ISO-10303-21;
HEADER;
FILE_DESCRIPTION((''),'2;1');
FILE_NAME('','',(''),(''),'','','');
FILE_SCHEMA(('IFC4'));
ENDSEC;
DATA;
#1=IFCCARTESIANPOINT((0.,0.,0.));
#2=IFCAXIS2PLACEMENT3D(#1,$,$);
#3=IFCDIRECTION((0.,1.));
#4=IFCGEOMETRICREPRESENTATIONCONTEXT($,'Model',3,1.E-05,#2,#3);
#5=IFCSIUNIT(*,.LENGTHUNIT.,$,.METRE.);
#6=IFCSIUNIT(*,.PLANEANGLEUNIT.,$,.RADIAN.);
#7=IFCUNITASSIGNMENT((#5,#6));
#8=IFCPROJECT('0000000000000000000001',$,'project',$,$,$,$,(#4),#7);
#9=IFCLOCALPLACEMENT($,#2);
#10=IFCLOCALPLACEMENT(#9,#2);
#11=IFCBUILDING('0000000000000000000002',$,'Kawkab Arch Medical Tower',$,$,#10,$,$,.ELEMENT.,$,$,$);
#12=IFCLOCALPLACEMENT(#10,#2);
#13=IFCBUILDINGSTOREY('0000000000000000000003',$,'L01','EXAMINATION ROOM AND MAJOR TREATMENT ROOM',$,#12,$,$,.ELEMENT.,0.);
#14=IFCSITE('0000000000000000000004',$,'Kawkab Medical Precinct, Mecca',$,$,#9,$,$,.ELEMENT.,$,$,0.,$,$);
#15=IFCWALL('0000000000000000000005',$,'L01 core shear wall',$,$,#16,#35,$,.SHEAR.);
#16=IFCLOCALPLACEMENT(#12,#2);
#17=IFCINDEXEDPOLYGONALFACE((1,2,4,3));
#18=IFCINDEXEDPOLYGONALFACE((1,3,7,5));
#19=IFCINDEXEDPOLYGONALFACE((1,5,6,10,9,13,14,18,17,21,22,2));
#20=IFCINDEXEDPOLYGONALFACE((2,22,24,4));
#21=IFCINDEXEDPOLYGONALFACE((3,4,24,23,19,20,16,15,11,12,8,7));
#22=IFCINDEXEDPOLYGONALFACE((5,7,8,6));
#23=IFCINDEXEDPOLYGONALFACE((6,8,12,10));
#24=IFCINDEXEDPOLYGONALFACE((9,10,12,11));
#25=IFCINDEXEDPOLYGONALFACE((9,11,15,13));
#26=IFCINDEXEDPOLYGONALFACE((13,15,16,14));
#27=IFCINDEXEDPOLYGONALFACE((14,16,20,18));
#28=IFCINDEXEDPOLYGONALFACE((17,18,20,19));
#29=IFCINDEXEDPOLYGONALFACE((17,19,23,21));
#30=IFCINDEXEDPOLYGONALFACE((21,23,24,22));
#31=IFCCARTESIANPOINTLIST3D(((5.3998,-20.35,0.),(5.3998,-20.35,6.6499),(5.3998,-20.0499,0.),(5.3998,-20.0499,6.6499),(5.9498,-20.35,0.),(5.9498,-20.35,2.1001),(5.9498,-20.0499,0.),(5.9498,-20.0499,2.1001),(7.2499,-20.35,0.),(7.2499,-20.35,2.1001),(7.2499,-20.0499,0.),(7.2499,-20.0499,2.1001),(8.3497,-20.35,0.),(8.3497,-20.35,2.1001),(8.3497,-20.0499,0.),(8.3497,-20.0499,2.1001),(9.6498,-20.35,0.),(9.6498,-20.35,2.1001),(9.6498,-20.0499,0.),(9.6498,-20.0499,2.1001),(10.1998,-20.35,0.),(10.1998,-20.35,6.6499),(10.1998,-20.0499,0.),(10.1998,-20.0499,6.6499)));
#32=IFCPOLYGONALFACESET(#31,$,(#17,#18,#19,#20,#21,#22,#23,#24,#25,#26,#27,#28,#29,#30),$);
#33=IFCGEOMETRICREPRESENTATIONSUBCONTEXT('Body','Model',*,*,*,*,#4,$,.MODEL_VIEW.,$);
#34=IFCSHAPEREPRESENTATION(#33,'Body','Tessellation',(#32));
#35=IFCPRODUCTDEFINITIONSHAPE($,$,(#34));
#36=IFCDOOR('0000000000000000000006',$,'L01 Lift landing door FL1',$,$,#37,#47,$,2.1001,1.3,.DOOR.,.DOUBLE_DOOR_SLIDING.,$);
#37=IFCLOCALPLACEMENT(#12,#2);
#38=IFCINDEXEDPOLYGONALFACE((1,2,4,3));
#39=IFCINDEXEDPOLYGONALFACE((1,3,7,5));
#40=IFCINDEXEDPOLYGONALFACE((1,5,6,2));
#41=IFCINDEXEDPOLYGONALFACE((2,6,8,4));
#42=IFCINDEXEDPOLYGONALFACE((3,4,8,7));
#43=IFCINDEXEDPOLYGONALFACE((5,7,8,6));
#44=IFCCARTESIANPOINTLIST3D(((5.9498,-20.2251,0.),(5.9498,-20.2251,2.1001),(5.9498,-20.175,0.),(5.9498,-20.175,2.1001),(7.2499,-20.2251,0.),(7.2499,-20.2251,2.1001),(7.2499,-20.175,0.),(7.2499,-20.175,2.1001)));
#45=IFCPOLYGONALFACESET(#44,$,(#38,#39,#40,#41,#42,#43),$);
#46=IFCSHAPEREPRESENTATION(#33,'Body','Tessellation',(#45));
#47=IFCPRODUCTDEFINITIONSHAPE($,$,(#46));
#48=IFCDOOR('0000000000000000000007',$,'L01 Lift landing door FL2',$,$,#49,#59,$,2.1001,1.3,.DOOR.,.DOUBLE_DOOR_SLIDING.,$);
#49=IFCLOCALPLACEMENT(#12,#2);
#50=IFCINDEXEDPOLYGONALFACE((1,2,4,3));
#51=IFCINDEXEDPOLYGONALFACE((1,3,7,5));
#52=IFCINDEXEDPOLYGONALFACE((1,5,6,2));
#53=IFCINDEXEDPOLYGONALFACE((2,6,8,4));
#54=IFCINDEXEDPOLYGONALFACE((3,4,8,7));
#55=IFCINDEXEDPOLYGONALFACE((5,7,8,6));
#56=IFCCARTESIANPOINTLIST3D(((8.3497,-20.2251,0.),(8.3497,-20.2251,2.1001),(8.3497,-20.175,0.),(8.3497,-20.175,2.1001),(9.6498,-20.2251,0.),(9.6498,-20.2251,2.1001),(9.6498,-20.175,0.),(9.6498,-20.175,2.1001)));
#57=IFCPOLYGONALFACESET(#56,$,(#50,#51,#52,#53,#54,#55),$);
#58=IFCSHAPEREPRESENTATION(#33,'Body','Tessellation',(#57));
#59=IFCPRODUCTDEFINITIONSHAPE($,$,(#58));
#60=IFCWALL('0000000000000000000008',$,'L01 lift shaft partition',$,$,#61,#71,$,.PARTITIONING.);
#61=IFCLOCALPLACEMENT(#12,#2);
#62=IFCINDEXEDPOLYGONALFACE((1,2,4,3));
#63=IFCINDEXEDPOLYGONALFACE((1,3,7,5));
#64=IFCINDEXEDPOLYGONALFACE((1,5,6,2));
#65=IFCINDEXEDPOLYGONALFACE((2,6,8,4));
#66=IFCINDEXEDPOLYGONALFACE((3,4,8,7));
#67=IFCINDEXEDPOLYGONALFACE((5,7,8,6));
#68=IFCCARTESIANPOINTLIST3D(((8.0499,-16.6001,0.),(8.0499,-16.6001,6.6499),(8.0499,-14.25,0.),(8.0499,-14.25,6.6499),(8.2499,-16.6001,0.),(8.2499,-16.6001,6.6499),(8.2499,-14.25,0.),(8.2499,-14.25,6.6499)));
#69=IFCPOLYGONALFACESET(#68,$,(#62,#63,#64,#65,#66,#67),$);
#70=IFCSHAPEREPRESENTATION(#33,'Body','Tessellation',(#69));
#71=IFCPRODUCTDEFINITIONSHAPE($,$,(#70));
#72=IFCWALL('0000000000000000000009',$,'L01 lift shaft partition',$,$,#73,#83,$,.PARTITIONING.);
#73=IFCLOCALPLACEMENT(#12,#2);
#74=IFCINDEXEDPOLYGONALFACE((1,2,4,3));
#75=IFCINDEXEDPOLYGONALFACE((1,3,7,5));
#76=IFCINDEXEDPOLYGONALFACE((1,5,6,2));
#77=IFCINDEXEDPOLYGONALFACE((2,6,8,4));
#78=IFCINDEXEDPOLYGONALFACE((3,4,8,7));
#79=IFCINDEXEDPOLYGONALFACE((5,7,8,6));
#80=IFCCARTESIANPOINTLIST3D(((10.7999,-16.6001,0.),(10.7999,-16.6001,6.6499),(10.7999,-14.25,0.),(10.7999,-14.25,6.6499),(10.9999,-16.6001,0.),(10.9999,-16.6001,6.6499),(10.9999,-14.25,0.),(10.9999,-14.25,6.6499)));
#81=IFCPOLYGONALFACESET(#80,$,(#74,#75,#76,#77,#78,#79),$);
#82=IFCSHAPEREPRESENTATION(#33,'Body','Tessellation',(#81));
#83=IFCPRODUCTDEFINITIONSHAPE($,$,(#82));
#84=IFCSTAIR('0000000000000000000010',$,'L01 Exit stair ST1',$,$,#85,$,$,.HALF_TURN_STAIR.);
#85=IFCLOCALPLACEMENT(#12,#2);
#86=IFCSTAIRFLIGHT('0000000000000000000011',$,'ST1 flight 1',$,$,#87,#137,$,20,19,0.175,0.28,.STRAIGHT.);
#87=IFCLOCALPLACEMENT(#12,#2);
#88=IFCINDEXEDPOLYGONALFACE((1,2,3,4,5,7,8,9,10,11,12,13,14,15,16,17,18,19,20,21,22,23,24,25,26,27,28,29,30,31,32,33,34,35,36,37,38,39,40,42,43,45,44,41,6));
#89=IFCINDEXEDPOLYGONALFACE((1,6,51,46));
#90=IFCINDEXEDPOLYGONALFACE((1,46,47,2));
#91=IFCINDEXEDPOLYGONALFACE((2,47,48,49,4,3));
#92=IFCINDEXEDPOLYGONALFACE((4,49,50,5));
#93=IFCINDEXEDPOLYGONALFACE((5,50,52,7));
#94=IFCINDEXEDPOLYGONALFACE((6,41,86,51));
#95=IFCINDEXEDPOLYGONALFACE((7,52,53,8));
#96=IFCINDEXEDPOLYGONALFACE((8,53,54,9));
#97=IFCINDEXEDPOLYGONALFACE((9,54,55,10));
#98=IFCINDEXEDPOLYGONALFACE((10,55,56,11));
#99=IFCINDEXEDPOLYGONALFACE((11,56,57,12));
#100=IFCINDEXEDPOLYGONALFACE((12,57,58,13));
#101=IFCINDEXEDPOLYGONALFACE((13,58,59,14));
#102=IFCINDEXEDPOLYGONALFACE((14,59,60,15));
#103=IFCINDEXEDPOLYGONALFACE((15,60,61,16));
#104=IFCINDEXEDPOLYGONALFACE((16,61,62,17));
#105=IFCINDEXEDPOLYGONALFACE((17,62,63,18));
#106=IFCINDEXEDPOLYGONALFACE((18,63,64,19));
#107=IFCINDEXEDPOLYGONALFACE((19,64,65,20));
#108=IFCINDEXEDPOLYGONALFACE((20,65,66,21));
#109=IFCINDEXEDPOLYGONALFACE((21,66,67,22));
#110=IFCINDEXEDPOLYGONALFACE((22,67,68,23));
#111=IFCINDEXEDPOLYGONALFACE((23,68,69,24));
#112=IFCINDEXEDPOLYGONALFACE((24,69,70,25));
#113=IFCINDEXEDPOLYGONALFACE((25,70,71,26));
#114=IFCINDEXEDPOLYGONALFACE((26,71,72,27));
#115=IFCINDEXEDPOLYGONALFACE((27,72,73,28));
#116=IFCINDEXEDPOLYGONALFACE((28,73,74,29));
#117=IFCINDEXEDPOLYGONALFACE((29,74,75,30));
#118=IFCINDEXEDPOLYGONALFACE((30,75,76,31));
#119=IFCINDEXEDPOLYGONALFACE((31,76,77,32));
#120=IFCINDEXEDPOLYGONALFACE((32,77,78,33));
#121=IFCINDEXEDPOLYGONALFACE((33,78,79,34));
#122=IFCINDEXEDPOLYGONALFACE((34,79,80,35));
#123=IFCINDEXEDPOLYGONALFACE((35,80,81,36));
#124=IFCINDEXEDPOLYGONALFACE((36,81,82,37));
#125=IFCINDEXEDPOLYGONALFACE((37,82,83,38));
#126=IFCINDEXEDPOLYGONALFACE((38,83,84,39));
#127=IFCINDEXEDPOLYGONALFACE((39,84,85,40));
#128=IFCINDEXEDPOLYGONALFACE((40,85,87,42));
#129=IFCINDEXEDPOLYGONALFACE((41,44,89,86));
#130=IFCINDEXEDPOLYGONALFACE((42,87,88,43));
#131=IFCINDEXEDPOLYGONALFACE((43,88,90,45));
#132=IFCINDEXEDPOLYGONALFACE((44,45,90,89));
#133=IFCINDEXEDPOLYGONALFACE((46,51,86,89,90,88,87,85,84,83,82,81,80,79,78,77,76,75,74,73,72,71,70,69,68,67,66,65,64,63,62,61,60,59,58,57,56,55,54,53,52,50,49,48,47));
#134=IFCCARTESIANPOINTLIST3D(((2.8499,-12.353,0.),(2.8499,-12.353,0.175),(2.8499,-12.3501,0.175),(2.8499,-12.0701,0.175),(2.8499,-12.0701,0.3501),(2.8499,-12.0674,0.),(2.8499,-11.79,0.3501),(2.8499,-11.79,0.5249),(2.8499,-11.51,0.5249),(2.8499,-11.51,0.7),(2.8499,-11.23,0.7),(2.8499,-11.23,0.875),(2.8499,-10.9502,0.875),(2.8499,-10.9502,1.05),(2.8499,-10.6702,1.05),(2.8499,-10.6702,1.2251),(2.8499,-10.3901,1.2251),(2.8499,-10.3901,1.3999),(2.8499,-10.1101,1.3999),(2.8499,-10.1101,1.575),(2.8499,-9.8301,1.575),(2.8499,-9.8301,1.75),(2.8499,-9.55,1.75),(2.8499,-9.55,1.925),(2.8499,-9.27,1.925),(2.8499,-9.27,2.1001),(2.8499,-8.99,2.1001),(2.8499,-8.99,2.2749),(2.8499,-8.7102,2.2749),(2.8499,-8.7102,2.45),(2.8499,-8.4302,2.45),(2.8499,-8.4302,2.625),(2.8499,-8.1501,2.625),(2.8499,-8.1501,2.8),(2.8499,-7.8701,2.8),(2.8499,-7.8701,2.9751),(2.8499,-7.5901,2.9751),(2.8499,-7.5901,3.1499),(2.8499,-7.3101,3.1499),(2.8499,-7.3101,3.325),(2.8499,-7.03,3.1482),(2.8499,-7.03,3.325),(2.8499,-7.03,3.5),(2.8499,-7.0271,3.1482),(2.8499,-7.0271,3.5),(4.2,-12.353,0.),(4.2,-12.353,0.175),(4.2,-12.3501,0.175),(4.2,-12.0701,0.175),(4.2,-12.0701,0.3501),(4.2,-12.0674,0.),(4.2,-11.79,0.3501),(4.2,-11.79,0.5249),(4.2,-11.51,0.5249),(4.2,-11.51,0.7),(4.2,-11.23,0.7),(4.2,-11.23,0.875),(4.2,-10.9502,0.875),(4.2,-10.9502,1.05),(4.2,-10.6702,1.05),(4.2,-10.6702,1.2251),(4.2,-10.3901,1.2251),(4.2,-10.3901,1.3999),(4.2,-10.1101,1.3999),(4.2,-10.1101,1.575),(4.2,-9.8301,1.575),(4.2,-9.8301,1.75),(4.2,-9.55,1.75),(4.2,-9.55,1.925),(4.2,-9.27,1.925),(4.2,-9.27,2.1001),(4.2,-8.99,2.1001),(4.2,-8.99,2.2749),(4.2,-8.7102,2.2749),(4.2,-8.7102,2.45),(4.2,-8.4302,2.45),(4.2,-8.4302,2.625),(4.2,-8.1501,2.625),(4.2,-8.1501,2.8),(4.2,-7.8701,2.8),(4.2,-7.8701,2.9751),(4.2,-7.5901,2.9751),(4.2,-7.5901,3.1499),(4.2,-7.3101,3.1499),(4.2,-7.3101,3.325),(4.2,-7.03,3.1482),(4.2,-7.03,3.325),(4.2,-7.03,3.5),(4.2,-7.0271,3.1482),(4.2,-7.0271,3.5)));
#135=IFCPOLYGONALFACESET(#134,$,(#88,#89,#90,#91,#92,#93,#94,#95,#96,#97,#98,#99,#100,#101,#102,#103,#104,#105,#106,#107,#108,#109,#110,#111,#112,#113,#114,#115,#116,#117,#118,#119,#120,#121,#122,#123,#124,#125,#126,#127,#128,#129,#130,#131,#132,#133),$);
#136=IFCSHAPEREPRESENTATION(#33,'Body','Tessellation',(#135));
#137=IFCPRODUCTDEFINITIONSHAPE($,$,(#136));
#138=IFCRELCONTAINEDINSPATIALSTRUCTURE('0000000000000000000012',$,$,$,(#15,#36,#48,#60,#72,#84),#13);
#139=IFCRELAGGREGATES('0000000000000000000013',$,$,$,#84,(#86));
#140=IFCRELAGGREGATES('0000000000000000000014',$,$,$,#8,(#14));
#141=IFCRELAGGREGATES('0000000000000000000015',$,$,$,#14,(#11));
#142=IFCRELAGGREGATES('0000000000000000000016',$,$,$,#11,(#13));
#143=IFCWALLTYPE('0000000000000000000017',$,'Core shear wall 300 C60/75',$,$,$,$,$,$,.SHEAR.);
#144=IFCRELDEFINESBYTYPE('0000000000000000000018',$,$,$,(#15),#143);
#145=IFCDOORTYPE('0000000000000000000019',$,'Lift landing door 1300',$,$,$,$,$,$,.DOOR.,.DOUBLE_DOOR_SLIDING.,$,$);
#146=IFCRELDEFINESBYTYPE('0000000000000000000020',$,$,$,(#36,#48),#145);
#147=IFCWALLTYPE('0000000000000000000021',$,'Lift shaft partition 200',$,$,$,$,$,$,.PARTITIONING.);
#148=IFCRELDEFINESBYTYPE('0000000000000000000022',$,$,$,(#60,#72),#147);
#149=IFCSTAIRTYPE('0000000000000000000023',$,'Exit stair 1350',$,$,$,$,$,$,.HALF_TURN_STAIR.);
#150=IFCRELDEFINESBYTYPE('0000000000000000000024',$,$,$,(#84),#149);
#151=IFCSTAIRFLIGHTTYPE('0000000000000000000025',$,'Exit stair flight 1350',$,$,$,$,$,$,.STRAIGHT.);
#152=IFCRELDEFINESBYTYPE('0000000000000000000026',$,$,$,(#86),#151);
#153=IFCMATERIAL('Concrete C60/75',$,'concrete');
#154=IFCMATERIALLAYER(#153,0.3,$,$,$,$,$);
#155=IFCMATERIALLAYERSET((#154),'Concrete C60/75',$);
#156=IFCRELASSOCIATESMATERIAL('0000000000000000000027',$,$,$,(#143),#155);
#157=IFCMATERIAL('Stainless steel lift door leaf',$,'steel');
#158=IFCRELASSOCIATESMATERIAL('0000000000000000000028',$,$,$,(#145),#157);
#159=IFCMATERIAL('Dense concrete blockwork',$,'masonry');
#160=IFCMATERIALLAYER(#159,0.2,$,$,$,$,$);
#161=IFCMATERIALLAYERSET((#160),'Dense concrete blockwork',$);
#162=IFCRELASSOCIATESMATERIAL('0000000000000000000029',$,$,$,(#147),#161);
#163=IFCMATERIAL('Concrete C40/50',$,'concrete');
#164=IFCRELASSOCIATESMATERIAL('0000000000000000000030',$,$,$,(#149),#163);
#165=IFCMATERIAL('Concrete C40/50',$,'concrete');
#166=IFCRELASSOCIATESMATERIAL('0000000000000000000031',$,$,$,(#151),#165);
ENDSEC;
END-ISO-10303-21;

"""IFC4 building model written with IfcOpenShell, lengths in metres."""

from ifc_helpers import new_model, si_unit, direction, frame, frame_2d, origin, place, context, subcontext, project, spatial, polyline, rectangle, outline, extrude, material, layer, layer_set, type_object, element, fill, aggregate, save


model = new_model("IFC4")

# Units and contexts
model_context = context("Model", 3, precision=1e-05, world=origin(), true_north=direction((0.0, 1.0)))
body_context = subcontext(model_context, "Body", "Model", "MODEL_VIEW")
ifc_project = project(units=[si_unit("LENGTHUNIT", "METRE"), si_unit("PLANEANGLEUNIT", "RADIAN")], contexts=[model_context])

# Site, building, storey
site_placement = place(None, origin())
site = spatial("IfcSite", under=ifc_project, at=site_placement, Name="Kawkab Medical Precinct, Mecca", CompositionType="ELEMENT", RefElevation=0.0)
building_placement = place(site_placement, origin())
building = spatial("IfcBuilding", under=site, at=building_placement, Name="Kawkab Arch Medical Tower", CompositionType="ELEMENT")
storey_placement = place(building_placement, origin())
storey = spatial("IfcBuildingStorey", under=building, at=storey_placement, Name="L01", Description="EXAMINATION ROOM AND MAJOR TREATMENT ROOM", CompositionType="ELEMENT", Elevation=0.0)

# Shared definitions
ifc_material_1 = material(Name="Concrete C60/75", Category="concrete")
ifc_layer_1 = layer(ifc_material_1, 0.3)
ifc_layer_set_1 = layer_set([ifc_layer_1], Name="Concrete C60/75")
wall_type_1 = type_object("IfcWallType", Name="Core shear wall 300 C60/75", PredefinedType="SHEAR", material=ifc_layer_set_1)

# Wall, openings, doors
wall_1_placement = place(storey_placement, frame((5.3999, -20.2, 0.0), z_axis=(0.0, 0.0, 1.0), x_axis=(1.0, 0.0, 0.0)))
wall_1 = element("IfcWall", 1, at=wall_1_placement, inside=storey, type_object=wall_type_1, Name="L01 core shear wall", PredefinedType="SHEAR", context=body_context, shape_type="SweptSolid", body=[
    extrude(rectangle(XDim=4.8, YDim=0.3, at=frame_2d((2.3999, 0.0))), origin(), (0.0, 0.0, 1.0), 6.6499),
])
opening_1_placement = place(wall_1_placement, frame((0.55, 0.0, 0.0)))
opening_1 = element("IfcOpeningElement", 2, at=opening_1_placement, cuts=wall_1, PredefinedType="OPENING", context=body_context, shape_type="SweptSolid", body=[
    extrude(rectangle(XDim=1.3, YDim=2.1001, at=frame_2d((0.6499, 1.05))), frame((0.0, 0.1599, 0.0), z_axis=(0.0, -1.0, 0.0), x_axis=(1.0, 0.0, 0.0)), (0.0, 0.0, 1.0), 0.3201),
])
opening_2_placement = place(wall_1_placement, frame((2.95, 0.0, 0.0)))
opening_2 = element("IfcOpeningElement", 3, at=opening_2_placement, cuts=wall_1, PredefinedType="OPENING", context=body_context, shape_type="SweptSolid", body=[
    extrude(rectangle(XDim=1.3, YDim=2.1001, at=frame_2d((0.6499, 1.05))), frame((0.0, 0.1599, 0.0), z_axis=(0.0, -1.0, 0.0), x_axis=(1.0, 0.0, 0.0)), (0.0, 0.0, 1.0), 0.3201),
])
ifc_material_2 = material(Name="Stainless steel lift door leaf", Category="steel")
door_type_1 = type_object("IfcDoorType", Name="Lift landing door 1300", OperationType="DOUBLE_DOOR_SLIDING", PredefinedType="DOOR", material=ifc_material_2)
door_1_placement = place(opening_1_placement, origin())
door_1 = element("IfcDoor", 4, at=door_1_placement, inside=storey, type_object=door_type_1, Name="L01 Lift landing door FL1", OperationType="DOUBLE_DOOR_SLIDING", OverallHeight=2.1001, OverallWidth=1.3, PredefinedType="DOOR", context=body_context, shape_type="SweptSolid", body=[
    extrude(rectangle(XDim=1.3, YDim=2.1001, at=frame_2d((0.6499, 1.05))), frame((0.0, 0.0249, 0.0), z_axis=(0.0, -1.0, 0.0), x_axis=(1.0, 0.0, 0.0)), (0.0, 0.0, 1.0), 0.05),
])
fill(opening_1, door_1)
door_2_placement = place(opening_2_placement, origin())
door_2 = element("IfcDoor", 5, at=door_2_placement, inside=storey, type_object=door_type_1, Name="L01 Lift landing door FL2", OperationType="DOUBLE_DOOR_SLIDING", OverallHeight=2.1001, OverallWidth=1.3, PredefinedType="DOOR", context=body_context, shape_type="SweptSolid", body=[
    extrude(rectangle(XDim=1.3, YDim=2.1001, at=frame_2d((0.6499, 1.05))), frame((0.0, 0.0249, 0.0), z_axis=(0.0, -1.0, 0.0), x_axis=(1.0, 0.0, 0.0)), (0.0, 0.0, 1.0), 0.05),
])
fill(opening_2, door_2)

# Walls
ifc_material_3 = material(Name="Dense concrete blockwork", Category="masonry")
ifc_layer_2 = layer(ifc_material_3, 0.2)
ifc_layer_set_2 = layer_set([ifc_layer_2], Name="Dense concrete blockwork")
wall_type_2 = type_object("IfcWallType", Name="Lift shaft partition 200", PredefinedType="PARTITIONING", material=ifc_layer_set_2)
for number, where, z_axis, x_axis, name in (
    (6, (8.1499, -16.6001, 0.0), (0.0, 0.0, 1.0), (0.0, 1.0, 0.0), "L01 lift shaft partition"),
    (7, (10.8999, -16.6001, 0.0), (0.0, 0.0, 1.0), (0.0, 1.0, 0.0), "L01 lift shaft partition"),
):
    element("IfcWall", number, at=place(storey_placement, frame(where, z_axis=z_axis, x_axis=x_axis)), inside=storey, type_object=wall_type_2, Name=name, PredefinedType="PARTITIONING", context=body_context, shape_type="SweptSolid", body=[
        extrude(rectangle(XDim=2.3501, YDim=0.2, at=frame_2d((1.175, 0.0))), origin(), (0.0, 0.0, 1.0), 6.6499),
    ])

# Stair, stair flight
ifc_material_4 = material(Name="Concrete C40/50", Category="concrete")
stair_type = type_object("IfcStairType", Name="Exit stair 1350", PredefinedType="HALF_TURN_STAIR", material=ifc_material_4)
stair_placement = place(storey_placement, origin())
stair = element("IfcStair", 8, at=stair_placement, inside=storey, type_object=stair_type, Name="L01 Exit stair ST1", PredefinedType="HALF_TURN_STAIR")
ifc_material_5 = material(Name="Concrete C40/50", Category="concrete")
stair_flight_type = type_object("IfcStairFlightType", Name="Exit stair flight 1350", PredefinedType="STRAIGHT", material=ifc_material_5)
stair_flight_placement = place(storey_placement, frame((3.5249, -12.3501, 0.0), z_axis=(0.0, 0.0, 1.0), x_axis=(0.0, 1.0, 0.0)))
stair_flight = element("IfcStairFlight", 9, at=stair_flight_placement, type_object=stair_flight_type, Name="ST1 flight 1", NumberOfRisers=20, NumberOfTreads=19, PredefinedType="STRAIGHT", RiserHeight=0.175, TreadLength=0.28, context=body_context, shape_type="SweptSolid", body=[
    extrude(outline(polyline([(-0.0029, 0.0), (-0.0029, 0.175), (0.0, 0.175), (0.28, 0.175), (0.28, 0.3501), (0.5601, 0.3501), (0.5601, 0.5249), (0.8401, 0.5249), (0.8401, 0.7), (1.1201, 0.7), (1.1201, 0.875), (1.3999, 0.875), (1.3999, 1.05), (1.6799, 1.05), (1.6799, 1.2251), (1.96, 1.2251), (1.96, 1.3999), (2.24, 1.3999), (2.24, 1.575), (2.52, 1.575), (2.52, 1.75), (2.8, 1.75), (2.8, 1.925), (3.0801, 1.925), (3.0801, 2.1001), (3.3601, 2.1001), (3.3601, 2.2749), (3.6399, 2.2749), (3.6399, 2.45), (3.9199, 2.45), (3.9199, 2.625), (4.2, 2.625), (4.2, 2.8), (4.48, 2.8), (4.48, 2.9751), (4.76, 2.9751), (4.76, 3.1499), (5.04, 3.1499), (5.04, 3.325), (5.3201, 3.325), (5.3201, 3.5), (5.323, 3.5), (5.323, 3.1482), (5.3201, 3.1482), (0.2827, 0.0), (-0.0029, 0.0)])), frame((0.0, 0.675, 0.0), z_axis=(0.0, -1.0, 0.0), x_axis=(1.0, 0.0, 0.0)), (0.0, 0.0, 1.0), 1.3501),
])
aggregate(stair, [stair_flight])

save(model, "model.ifc")
